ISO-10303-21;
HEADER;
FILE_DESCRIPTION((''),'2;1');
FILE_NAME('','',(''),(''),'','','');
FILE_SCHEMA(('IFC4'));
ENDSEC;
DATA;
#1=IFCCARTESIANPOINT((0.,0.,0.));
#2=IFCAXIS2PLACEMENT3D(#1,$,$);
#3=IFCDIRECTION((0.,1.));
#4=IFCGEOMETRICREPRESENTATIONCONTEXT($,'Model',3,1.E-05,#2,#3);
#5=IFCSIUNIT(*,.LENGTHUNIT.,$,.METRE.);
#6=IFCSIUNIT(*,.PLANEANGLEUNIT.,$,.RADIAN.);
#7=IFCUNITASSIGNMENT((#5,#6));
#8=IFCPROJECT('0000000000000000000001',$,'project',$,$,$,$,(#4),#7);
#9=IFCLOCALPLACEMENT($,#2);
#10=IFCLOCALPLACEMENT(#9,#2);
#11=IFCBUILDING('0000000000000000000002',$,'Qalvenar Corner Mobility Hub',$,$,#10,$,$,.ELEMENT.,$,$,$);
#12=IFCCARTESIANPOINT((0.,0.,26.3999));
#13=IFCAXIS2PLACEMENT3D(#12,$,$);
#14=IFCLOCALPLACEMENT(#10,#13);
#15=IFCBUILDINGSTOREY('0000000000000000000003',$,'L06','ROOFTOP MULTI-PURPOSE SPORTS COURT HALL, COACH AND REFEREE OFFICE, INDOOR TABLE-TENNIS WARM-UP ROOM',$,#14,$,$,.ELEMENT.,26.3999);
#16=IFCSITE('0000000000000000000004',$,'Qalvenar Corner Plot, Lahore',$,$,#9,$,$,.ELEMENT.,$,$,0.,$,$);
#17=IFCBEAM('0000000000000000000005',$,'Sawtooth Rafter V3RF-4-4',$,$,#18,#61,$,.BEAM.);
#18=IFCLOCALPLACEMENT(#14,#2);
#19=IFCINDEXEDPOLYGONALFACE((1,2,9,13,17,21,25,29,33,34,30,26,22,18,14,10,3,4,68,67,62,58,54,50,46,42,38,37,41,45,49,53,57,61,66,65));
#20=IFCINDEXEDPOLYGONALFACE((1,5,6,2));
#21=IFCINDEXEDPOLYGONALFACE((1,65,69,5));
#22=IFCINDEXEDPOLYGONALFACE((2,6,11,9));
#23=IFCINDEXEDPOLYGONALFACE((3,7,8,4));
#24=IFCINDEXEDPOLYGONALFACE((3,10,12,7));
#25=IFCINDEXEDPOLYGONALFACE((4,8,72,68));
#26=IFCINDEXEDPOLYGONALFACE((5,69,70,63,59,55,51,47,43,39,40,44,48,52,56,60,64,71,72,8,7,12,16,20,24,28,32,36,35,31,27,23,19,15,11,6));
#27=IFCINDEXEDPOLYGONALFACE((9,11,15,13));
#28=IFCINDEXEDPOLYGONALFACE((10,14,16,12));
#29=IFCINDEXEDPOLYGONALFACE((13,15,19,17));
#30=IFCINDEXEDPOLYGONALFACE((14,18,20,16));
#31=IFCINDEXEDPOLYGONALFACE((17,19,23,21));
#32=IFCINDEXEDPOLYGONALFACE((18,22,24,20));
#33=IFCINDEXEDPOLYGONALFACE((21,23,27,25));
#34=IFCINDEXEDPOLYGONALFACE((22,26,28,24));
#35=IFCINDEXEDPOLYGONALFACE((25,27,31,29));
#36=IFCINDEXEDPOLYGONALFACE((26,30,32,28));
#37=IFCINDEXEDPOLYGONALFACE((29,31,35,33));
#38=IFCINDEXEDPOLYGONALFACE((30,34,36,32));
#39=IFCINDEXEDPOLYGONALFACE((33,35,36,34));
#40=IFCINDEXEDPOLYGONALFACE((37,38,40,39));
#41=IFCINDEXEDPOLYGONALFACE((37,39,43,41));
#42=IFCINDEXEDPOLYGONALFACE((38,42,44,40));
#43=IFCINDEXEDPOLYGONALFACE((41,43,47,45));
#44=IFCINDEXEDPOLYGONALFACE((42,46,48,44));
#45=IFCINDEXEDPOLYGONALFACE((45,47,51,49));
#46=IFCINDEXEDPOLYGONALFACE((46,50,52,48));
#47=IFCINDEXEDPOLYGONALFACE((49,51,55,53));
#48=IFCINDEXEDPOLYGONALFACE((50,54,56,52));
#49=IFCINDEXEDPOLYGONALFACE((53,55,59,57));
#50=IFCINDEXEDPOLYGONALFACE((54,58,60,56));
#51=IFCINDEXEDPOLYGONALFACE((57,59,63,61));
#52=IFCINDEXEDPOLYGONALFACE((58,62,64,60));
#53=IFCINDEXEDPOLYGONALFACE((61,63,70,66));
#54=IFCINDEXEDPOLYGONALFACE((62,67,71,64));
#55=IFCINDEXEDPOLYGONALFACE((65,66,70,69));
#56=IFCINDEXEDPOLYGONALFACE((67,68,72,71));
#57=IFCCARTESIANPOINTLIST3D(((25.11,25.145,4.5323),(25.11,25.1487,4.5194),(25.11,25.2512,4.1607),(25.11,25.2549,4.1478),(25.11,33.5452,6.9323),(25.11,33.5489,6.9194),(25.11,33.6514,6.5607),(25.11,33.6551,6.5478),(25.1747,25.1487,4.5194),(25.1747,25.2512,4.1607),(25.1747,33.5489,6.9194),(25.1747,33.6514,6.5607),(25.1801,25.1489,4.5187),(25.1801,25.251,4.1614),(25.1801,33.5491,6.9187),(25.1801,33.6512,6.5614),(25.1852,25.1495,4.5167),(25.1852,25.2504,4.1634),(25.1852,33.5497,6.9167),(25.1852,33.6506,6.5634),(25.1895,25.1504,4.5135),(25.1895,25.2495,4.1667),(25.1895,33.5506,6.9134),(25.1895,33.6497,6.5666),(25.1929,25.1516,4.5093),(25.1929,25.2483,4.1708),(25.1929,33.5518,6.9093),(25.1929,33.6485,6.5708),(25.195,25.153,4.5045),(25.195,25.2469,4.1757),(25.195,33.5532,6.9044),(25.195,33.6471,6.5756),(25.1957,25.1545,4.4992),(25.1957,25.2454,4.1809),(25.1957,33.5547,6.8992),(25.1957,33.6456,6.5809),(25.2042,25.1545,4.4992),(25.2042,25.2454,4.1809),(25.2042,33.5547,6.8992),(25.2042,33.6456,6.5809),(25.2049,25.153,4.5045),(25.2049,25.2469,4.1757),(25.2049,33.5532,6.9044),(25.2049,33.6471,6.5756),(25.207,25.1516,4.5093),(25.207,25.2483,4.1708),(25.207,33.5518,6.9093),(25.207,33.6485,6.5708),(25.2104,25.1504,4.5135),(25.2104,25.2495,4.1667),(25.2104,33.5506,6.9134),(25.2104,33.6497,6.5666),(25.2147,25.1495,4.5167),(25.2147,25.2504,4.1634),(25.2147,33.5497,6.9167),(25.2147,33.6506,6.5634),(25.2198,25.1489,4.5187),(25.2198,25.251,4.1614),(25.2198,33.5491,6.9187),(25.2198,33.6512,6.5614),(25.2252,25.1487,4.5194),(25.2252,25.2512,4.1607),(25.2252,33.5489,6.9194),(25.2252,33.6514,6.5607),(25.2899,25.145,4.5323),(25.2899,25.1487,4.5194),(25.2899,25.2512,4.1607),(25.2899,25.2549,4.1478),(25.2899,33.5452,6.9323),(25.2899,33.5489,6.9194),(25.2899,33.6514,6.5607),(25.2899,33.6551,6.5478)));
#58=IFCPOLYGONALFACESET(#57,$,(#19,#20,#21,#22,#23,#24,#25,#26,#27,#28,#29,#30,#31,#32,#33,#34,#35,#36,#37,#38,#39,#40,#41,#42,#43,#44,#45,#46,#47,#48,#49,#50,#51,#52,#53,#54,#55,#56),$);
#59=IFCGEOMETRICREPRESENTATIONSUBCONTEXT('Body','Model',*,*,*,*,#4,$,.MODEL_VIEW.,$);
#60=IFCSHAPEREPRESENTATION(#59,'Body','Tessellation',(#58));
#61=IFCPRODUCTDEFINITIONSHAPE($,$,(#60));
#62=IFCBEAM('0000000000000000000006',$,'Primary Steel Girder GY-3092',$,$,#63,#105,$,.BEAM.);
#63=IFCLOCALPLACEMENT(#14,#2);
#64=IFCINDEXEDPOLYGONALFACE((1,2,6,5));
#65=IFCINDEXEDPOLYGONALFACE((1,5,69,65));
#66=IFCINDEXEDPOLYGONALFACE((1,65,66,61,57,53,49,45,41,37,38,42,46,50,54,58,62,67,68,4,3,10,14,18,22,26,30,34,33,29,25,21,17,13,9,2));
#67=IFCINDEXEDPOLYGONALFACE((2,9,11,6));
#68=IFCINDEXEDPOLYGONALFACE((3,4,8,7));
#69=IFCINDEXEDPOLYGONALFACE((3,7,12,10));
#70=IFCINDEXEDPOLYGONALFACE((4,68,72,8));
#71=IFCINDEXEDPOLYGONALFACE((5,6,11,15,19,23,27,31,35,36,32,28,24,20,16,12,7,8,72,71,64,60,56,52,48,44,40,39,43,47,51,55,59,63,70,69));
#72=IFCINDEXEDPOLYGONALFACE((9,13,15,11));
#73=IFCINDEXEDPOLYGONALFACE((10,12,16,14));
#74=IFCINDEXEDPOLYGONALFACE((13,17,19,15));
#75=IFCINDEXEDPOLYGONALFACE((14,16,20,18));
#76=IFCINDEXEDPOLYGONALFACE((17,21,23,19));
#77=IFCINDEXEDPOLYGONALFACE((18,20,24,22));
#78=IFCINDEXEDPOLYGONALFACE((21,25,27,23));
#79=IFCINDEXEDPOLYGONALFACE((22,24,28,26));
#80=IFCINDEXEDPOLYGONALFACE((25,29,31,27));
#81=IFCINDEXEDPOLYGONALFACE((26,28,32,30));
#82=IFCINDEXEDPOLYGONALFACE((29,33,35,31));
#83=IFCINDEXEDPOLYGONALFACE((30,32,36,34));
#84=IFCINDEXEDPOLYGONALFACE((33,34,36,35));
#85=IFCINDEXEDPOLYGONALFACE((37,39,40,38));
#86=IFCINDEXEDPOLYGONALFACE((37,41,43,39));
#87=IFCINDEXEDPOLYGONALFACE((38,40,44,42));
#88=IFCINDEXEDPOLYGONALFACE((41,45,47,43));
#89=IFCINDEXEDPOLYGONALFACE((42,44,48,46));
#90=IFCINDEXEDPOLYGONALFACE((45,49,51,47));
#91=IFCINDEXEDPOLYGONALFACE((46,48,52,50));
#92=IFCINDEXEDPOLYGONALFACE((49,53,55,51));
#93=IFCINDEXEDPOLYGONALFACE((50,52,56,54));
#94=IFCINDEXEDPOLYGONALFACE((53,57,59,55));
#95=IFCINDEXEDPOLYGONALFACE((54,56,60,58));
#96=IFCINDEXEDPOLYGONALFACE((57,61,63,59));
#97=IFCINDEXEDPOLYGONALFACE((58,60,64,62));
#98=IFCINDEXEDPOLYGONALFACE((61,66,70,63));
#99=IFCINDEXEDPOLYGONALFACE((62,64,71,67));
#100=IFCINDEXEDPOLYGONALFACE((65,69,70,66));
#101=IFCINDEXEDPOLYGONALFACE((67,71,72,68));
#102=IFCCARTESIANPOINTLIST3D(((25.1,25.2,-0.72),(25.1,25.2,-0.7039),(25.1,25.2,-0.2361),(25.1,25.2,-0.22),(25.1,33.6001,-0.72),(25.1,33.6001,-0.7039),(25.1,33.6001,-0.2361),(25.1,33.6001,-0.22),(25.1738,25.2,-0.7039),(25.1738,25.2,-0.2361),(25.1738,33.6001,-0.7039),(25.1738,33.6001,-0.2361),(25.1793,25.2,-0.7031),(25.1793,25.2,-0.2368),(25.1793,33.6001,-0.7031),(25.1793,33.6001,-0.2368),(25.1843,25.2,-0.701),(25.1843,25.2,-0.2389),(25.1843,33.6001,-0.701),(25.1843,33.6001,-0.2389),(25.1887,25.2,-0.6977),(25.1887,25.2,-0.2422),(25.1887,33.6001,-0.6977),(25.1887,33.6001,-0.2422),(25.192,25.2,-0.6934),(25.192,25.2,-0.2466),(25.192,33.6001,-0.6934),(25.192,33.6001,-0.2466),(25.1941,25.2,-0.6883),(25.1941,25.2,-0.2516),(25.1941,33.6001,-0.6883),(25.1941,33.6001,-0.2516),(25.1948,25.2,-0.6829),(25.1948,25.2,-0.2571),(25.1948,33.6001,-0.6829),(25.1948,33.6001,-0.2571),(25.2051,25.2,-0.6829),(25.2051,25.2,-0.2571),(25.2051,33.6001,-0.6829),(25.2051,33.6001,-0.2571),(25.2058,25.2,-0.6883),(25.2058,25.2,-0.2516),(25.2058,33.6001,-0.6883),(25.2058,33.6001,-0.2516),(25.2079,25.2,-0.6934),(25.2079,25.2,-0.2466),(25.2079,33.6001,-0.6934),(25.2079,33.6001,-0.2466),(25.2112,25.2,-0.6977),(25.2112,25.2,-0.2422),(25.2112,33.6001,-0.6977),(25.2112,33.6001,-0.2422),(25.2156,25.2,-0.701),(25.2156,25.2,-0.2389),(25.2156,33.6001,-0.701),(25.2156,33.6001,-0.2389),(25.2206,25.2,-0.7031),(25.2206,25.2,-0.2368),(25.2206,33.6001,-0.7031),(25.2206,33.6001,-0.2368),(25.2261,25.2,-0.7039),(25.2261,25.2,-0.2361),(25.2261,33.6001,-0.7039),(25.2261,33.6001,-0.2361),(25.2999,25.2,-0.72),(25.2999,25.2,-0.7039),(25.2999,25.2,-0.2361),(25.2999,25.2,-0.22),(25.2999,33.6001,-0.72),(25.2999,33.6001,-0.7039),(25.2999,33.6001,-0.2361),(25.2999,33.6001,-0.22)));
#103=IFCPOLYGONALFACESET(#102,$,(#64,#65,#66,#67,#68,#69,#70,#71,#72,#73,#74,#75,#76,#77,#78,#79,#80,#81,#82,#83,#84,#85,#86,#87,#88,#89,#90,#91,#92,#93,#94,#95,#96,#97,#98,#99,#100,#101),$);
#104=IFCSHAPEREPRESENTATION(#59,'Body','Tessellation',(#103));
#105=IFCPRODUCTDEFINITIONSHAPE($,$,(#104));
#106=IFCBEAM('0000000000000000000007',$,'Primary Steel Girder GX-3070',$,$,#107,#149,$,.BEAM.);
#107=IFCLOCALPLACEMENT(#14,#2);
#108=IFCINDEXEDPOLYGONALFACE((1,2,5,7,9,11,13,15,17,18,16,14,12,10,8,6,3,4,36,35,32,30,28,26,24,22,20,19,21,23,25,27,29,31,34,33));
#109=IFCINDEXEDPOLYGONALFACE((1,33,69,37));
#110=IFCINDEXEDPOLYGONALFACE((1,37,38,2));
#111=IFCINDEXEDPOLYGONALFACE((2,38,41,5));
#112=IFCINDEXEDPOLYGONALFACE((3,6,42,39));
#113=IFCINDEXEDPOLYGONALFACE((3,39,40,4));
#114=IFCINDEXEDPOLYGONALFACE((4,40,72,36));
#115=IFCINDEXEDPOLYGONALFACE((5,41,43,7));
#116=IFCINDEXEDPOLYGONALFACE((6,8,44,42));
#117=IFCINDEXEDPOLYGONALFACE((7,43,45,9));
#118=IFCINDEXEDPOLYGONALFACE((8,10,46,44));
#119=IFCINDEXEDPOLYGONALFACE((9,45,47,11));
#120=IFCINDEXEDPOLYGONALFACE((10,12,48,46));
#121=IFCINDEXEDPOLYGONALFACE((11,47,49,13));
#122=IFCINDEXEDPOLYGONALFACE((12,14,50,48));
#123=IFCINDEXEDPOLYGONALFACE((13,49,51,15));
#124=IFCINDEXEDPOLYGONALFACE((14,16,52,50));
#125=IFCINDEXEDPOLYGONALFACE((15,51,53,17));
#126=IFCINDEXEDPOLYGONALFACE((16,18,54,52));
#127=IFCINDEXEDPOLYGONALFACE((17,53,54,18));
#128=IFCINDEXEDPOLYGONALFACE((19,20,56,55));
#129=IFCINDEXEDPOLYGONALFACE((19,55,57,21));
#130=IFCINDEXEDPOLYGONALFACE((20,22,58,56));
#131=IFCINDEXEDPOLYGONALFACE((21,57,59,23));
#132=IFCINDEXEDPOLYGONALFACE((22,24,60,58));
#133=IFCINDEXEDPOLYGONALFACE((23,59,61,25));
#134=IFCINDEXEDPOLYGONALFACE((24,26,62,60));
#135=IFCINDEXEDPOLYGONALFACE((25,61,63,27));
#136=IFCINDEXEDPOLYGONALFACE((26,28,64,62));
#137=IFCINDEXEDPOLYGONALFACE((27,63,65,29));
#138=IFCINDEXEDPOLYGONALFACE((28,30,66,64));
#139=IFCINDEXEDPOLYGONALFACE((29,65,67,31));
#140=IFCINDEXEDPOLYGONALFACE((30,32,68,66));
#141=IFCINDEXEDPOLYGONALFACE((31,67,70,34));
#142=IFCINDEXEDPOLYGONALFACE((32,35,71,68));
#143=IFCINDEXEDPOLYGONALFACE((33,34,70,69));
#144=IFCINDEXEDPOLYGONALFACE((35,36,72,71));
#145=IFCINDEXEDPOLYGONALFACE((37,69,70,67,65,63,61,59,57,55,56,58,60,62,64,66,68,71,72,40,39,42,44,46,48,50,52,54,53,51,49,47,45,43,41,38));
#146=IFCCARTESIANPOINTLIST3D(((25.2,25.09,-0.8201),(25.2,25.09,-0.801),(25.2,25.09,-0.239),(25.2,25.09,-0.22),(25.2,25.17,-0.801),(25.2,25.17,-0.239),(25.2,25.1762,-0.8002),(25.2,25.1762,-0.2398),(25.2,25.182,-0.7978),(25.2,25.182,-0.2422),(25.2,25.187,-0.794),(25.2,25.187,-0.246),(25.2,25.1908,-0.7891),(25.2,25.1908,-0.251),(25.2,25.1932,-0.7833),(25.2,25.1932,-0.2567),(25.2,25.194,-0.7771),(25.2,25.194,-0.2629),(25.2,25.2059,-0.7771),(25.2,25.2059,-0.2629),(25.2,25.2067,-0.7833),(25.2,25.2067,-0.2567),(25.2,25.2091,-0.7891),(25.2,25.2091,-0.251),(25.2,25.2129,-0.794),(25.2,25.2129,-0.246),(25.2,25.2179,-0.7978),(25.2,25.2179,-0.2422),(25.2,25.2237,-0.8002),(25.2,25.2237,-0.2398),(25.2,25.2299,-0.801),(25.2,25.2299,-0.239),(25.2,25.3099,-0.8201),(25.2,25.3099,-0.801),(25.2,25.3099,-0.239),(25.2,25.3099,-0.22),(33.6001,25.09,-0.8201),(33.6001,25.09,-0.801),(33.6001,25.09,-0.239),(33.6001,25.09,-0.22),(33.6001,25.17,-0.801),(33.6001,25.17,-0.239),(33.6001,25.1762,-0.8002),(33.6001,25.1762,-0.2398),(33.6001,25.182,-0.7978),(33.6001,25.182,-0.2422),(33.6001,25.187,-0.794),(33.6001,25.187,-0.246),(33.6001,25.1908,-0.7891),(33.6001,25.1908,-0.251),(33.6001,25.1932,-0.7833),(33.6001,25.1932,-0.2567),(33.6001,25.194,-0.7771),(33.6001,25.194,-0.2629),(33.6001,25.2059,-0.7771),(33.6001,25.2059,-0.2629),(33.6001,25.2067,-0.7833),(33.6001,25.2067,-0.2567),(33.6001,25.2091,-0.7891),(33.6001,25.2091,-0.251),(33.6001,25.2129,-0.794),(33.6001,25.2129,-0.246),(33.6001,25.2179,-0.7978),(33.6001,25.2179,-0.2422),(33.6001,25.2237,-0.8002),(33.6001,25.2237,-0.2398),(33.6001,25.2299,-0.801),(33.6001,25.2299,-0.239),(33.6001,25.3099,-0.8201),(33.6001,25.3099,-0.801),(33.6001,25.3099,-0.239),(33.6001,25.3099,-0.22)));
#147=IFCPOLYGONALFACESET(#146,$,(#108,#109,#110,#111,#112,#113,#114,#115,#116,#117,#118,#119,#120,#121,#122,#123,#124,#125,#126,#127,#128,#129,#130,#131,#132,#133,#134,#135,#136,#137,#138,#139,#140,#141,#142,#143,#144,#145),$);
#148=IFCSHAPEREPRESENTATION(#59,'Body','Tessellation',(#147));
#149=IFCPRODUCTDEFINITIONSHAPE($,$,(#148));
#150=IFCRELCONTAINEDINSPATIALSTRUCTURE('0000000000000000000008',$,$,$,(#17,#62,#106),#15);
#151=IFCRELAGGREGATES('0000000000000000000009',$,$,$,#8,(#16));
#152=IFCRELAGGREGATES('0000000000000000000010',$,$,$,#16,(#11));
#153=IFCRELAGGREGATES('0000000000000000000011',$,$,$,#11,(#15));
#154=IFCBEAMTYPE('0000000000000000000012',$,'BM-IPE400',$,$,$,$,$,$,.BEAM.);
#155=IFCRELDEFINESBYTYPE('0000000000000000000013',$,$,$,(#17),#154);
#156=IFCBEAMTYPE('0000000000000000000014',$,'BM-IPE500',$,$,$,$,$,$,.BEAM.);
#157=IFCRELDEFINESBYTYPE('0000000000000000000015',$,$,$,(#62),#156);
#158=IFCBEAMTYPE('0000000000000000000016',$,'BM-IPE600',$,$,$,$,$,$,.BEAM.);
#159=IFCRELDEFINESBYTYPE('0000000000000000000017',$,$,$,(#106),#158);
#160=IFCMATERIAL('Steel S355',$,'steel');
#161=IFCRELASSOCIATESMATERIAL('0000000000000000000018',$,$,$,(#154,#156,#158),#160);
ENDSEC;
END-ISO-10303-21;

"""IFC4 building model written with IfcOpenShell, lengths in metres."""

from ifc_helpers import new_model, si_unit, direction, frame, origin, origin_2d, place, context, subcontext, project, spatial, i_section, extrude, material, material_profile, profile_set, type_object, element, save


model = new_model("IFC4")

# Units and contexts
model_context = context("Model", 3, precision=1e-05, world=origin(), true_north=direction((0.0, 1.0)))
body_context = subcontext(model_context, "Body", "Model", "MODEL_VIEW")
ifc_project = project(units=[si_unit("LENGTHUNIT", "METRE"), si_unit("PLANEANGLEUNIT", "RADIAN")], contexts=[model_context])

# Site, building, storey
site_placement = place(None, origin())
site = spatial("IfcSite", under=ifc_project, at=site_placement, Name="Qalvenar Corner Plot, Lahore", CompositionType="ELEMENT", RefElevation=0.0)
building_placement = place(site_placement, origin())
building = spatial("IfcBuilding", under=site, at=building_placement, Name="Qalvenar Corner Mobility Hub", CompositionType="ELEMENT")
storey_placement = place(building_placement, frame((0.0, 0.0, 26.3999)))
storey = spatial("IfcBuildingStorey", under=building, at=storey_placement, Name="L06", Description="ROOFTOP MULTI-PURPOSE SPORTS COURT HALL, COACH AND REFEREE OFFICE, INDOOR TABLE-TENNIS WARM-UP ROOM", CompositionType="ELEMENT", Elevation=26.3999)

# Shared definitions
ifc_material_1 = material(Name="Steel S355", Category="steel")

# Beams
ifc_material_profile_1 = material_profile(ifc_material_1, i_section(OverallWidth=0.1799, OverallDepth=0.3999, WebThickness=0.0085, FlangeThickness=0.0134, FilletRadius=0.021, at=origin_2d()), Name="IPE400")
ifc_profile_set_1 = profile_set([ifc_material_profile_1], Name="Steel S355")
beam_type_1 = type_object("IfcBeamType", Name="BM-IPE400", PredefinedType="BEAM", material=ifc_profile_set_1)
beam_1_placement = place(storey_placement, frame((25.2, 25.2, 4.3401), z_axis=(0.0, 0.961528, 0.274706), x_axis=(-1.0, 0.0, 0.0)))
element("IfcBeam", 1, at=beam_1_placement, inside=storey, type_object=beam_type_1, Name="Sawtooth Rafter V3RF-4-4", PredefinedType="BEAM", context=body_context, shape_type="SweptSolid", body=[
    extrude(i_section(OverallWidth=0.1799, OverallDepth=0.3999, WebThickness=0.0085, FlangeThickness=0.0134, FilletRadius=0.021, at=origin_2d()), origin(), (0.0, 0.0, 1.0), 8.7363),
])
ifc_material_profile_2 = material_profile(ifc_material_1, i_section(OverallWidth=0.2, OverallDepth=0.5, WebThickness=0.0103, FlangeThickness=0.0161, FilletRadius=0.021, at=origin_2d()), Name="IPE500")
ifc_profile_set_2 = profile_set([ifc_material_profile_2], Name="Steel S355")
beam_type_2 = type_object("IfcBeamType", Name="BM-IPE500", PredefinedType="BEAM", material=ifc_profile_set_2)
beam_2_placement = place(storey_placement, frame((25.2, 25.2, -0.47), z_axis=(0.0, 1.0, 0.0), x_axis=(-1.0, 0.0, 0.0)))
element("IfcBeam", 2, at=beam_2_placement, inside=storey, type_object=beam_type_2, Name="Primary Steel Girder GY-3092", PredefinedType="BEAM", context=body_context, shape_type="SweptSolid", body=[
    extrude(i_section(OverallWidth=0.2, OverallDepth=0.5, WebThickness=0.0103, FlangeThickness=0.0161, FilletRadius=0.021, at=origin_2d()), origin(), (0.0, 0.0, 1.0), 8.4001),
])
ifc_material_profile_3 = material_profile(ifc_material_1, i_section(OverallWidth=0.22, OverallDepth=0.6001, WebThickness=0.012, FlangeThickness=0.019, FilletRadius=0.0239, at=origin_2d()), Name="IPE600")
ifc_profile_set_3 = profile_set([ifc_material_profile_3], Name="Steel S355")
beam_type_3 = type_object("IfcBeamType", Name="BM-IPE600", PredefinedType="BEAM", material=ifc_profile_set_3)
beam_3_placement = place(storey_placement, frame((25.2, 25.2, -0.52), z_axis=(1.0, 0.0, 0.0), x_axis=(0.0, 1.0, 0.0)))
element("IfcBeam", 3, at=beam_3_placement, inside=storey, type_object=beam_type_3, Name="Primary Steel Girder GX-3070", PredefinedType="BEAM", context=body_context, shape_type="SweptSolid", body=[
    extrude(i_section(OverallWidth=0.22, OverallDepth=0.6001, WebThickness=0.012, FlangeThickness=0.019, FilletRadius=0.0239, at=origin_2d()), origin(), (0.0, 0.0, 1.0), 8.4001),
])

save(model, "model.ifc")
